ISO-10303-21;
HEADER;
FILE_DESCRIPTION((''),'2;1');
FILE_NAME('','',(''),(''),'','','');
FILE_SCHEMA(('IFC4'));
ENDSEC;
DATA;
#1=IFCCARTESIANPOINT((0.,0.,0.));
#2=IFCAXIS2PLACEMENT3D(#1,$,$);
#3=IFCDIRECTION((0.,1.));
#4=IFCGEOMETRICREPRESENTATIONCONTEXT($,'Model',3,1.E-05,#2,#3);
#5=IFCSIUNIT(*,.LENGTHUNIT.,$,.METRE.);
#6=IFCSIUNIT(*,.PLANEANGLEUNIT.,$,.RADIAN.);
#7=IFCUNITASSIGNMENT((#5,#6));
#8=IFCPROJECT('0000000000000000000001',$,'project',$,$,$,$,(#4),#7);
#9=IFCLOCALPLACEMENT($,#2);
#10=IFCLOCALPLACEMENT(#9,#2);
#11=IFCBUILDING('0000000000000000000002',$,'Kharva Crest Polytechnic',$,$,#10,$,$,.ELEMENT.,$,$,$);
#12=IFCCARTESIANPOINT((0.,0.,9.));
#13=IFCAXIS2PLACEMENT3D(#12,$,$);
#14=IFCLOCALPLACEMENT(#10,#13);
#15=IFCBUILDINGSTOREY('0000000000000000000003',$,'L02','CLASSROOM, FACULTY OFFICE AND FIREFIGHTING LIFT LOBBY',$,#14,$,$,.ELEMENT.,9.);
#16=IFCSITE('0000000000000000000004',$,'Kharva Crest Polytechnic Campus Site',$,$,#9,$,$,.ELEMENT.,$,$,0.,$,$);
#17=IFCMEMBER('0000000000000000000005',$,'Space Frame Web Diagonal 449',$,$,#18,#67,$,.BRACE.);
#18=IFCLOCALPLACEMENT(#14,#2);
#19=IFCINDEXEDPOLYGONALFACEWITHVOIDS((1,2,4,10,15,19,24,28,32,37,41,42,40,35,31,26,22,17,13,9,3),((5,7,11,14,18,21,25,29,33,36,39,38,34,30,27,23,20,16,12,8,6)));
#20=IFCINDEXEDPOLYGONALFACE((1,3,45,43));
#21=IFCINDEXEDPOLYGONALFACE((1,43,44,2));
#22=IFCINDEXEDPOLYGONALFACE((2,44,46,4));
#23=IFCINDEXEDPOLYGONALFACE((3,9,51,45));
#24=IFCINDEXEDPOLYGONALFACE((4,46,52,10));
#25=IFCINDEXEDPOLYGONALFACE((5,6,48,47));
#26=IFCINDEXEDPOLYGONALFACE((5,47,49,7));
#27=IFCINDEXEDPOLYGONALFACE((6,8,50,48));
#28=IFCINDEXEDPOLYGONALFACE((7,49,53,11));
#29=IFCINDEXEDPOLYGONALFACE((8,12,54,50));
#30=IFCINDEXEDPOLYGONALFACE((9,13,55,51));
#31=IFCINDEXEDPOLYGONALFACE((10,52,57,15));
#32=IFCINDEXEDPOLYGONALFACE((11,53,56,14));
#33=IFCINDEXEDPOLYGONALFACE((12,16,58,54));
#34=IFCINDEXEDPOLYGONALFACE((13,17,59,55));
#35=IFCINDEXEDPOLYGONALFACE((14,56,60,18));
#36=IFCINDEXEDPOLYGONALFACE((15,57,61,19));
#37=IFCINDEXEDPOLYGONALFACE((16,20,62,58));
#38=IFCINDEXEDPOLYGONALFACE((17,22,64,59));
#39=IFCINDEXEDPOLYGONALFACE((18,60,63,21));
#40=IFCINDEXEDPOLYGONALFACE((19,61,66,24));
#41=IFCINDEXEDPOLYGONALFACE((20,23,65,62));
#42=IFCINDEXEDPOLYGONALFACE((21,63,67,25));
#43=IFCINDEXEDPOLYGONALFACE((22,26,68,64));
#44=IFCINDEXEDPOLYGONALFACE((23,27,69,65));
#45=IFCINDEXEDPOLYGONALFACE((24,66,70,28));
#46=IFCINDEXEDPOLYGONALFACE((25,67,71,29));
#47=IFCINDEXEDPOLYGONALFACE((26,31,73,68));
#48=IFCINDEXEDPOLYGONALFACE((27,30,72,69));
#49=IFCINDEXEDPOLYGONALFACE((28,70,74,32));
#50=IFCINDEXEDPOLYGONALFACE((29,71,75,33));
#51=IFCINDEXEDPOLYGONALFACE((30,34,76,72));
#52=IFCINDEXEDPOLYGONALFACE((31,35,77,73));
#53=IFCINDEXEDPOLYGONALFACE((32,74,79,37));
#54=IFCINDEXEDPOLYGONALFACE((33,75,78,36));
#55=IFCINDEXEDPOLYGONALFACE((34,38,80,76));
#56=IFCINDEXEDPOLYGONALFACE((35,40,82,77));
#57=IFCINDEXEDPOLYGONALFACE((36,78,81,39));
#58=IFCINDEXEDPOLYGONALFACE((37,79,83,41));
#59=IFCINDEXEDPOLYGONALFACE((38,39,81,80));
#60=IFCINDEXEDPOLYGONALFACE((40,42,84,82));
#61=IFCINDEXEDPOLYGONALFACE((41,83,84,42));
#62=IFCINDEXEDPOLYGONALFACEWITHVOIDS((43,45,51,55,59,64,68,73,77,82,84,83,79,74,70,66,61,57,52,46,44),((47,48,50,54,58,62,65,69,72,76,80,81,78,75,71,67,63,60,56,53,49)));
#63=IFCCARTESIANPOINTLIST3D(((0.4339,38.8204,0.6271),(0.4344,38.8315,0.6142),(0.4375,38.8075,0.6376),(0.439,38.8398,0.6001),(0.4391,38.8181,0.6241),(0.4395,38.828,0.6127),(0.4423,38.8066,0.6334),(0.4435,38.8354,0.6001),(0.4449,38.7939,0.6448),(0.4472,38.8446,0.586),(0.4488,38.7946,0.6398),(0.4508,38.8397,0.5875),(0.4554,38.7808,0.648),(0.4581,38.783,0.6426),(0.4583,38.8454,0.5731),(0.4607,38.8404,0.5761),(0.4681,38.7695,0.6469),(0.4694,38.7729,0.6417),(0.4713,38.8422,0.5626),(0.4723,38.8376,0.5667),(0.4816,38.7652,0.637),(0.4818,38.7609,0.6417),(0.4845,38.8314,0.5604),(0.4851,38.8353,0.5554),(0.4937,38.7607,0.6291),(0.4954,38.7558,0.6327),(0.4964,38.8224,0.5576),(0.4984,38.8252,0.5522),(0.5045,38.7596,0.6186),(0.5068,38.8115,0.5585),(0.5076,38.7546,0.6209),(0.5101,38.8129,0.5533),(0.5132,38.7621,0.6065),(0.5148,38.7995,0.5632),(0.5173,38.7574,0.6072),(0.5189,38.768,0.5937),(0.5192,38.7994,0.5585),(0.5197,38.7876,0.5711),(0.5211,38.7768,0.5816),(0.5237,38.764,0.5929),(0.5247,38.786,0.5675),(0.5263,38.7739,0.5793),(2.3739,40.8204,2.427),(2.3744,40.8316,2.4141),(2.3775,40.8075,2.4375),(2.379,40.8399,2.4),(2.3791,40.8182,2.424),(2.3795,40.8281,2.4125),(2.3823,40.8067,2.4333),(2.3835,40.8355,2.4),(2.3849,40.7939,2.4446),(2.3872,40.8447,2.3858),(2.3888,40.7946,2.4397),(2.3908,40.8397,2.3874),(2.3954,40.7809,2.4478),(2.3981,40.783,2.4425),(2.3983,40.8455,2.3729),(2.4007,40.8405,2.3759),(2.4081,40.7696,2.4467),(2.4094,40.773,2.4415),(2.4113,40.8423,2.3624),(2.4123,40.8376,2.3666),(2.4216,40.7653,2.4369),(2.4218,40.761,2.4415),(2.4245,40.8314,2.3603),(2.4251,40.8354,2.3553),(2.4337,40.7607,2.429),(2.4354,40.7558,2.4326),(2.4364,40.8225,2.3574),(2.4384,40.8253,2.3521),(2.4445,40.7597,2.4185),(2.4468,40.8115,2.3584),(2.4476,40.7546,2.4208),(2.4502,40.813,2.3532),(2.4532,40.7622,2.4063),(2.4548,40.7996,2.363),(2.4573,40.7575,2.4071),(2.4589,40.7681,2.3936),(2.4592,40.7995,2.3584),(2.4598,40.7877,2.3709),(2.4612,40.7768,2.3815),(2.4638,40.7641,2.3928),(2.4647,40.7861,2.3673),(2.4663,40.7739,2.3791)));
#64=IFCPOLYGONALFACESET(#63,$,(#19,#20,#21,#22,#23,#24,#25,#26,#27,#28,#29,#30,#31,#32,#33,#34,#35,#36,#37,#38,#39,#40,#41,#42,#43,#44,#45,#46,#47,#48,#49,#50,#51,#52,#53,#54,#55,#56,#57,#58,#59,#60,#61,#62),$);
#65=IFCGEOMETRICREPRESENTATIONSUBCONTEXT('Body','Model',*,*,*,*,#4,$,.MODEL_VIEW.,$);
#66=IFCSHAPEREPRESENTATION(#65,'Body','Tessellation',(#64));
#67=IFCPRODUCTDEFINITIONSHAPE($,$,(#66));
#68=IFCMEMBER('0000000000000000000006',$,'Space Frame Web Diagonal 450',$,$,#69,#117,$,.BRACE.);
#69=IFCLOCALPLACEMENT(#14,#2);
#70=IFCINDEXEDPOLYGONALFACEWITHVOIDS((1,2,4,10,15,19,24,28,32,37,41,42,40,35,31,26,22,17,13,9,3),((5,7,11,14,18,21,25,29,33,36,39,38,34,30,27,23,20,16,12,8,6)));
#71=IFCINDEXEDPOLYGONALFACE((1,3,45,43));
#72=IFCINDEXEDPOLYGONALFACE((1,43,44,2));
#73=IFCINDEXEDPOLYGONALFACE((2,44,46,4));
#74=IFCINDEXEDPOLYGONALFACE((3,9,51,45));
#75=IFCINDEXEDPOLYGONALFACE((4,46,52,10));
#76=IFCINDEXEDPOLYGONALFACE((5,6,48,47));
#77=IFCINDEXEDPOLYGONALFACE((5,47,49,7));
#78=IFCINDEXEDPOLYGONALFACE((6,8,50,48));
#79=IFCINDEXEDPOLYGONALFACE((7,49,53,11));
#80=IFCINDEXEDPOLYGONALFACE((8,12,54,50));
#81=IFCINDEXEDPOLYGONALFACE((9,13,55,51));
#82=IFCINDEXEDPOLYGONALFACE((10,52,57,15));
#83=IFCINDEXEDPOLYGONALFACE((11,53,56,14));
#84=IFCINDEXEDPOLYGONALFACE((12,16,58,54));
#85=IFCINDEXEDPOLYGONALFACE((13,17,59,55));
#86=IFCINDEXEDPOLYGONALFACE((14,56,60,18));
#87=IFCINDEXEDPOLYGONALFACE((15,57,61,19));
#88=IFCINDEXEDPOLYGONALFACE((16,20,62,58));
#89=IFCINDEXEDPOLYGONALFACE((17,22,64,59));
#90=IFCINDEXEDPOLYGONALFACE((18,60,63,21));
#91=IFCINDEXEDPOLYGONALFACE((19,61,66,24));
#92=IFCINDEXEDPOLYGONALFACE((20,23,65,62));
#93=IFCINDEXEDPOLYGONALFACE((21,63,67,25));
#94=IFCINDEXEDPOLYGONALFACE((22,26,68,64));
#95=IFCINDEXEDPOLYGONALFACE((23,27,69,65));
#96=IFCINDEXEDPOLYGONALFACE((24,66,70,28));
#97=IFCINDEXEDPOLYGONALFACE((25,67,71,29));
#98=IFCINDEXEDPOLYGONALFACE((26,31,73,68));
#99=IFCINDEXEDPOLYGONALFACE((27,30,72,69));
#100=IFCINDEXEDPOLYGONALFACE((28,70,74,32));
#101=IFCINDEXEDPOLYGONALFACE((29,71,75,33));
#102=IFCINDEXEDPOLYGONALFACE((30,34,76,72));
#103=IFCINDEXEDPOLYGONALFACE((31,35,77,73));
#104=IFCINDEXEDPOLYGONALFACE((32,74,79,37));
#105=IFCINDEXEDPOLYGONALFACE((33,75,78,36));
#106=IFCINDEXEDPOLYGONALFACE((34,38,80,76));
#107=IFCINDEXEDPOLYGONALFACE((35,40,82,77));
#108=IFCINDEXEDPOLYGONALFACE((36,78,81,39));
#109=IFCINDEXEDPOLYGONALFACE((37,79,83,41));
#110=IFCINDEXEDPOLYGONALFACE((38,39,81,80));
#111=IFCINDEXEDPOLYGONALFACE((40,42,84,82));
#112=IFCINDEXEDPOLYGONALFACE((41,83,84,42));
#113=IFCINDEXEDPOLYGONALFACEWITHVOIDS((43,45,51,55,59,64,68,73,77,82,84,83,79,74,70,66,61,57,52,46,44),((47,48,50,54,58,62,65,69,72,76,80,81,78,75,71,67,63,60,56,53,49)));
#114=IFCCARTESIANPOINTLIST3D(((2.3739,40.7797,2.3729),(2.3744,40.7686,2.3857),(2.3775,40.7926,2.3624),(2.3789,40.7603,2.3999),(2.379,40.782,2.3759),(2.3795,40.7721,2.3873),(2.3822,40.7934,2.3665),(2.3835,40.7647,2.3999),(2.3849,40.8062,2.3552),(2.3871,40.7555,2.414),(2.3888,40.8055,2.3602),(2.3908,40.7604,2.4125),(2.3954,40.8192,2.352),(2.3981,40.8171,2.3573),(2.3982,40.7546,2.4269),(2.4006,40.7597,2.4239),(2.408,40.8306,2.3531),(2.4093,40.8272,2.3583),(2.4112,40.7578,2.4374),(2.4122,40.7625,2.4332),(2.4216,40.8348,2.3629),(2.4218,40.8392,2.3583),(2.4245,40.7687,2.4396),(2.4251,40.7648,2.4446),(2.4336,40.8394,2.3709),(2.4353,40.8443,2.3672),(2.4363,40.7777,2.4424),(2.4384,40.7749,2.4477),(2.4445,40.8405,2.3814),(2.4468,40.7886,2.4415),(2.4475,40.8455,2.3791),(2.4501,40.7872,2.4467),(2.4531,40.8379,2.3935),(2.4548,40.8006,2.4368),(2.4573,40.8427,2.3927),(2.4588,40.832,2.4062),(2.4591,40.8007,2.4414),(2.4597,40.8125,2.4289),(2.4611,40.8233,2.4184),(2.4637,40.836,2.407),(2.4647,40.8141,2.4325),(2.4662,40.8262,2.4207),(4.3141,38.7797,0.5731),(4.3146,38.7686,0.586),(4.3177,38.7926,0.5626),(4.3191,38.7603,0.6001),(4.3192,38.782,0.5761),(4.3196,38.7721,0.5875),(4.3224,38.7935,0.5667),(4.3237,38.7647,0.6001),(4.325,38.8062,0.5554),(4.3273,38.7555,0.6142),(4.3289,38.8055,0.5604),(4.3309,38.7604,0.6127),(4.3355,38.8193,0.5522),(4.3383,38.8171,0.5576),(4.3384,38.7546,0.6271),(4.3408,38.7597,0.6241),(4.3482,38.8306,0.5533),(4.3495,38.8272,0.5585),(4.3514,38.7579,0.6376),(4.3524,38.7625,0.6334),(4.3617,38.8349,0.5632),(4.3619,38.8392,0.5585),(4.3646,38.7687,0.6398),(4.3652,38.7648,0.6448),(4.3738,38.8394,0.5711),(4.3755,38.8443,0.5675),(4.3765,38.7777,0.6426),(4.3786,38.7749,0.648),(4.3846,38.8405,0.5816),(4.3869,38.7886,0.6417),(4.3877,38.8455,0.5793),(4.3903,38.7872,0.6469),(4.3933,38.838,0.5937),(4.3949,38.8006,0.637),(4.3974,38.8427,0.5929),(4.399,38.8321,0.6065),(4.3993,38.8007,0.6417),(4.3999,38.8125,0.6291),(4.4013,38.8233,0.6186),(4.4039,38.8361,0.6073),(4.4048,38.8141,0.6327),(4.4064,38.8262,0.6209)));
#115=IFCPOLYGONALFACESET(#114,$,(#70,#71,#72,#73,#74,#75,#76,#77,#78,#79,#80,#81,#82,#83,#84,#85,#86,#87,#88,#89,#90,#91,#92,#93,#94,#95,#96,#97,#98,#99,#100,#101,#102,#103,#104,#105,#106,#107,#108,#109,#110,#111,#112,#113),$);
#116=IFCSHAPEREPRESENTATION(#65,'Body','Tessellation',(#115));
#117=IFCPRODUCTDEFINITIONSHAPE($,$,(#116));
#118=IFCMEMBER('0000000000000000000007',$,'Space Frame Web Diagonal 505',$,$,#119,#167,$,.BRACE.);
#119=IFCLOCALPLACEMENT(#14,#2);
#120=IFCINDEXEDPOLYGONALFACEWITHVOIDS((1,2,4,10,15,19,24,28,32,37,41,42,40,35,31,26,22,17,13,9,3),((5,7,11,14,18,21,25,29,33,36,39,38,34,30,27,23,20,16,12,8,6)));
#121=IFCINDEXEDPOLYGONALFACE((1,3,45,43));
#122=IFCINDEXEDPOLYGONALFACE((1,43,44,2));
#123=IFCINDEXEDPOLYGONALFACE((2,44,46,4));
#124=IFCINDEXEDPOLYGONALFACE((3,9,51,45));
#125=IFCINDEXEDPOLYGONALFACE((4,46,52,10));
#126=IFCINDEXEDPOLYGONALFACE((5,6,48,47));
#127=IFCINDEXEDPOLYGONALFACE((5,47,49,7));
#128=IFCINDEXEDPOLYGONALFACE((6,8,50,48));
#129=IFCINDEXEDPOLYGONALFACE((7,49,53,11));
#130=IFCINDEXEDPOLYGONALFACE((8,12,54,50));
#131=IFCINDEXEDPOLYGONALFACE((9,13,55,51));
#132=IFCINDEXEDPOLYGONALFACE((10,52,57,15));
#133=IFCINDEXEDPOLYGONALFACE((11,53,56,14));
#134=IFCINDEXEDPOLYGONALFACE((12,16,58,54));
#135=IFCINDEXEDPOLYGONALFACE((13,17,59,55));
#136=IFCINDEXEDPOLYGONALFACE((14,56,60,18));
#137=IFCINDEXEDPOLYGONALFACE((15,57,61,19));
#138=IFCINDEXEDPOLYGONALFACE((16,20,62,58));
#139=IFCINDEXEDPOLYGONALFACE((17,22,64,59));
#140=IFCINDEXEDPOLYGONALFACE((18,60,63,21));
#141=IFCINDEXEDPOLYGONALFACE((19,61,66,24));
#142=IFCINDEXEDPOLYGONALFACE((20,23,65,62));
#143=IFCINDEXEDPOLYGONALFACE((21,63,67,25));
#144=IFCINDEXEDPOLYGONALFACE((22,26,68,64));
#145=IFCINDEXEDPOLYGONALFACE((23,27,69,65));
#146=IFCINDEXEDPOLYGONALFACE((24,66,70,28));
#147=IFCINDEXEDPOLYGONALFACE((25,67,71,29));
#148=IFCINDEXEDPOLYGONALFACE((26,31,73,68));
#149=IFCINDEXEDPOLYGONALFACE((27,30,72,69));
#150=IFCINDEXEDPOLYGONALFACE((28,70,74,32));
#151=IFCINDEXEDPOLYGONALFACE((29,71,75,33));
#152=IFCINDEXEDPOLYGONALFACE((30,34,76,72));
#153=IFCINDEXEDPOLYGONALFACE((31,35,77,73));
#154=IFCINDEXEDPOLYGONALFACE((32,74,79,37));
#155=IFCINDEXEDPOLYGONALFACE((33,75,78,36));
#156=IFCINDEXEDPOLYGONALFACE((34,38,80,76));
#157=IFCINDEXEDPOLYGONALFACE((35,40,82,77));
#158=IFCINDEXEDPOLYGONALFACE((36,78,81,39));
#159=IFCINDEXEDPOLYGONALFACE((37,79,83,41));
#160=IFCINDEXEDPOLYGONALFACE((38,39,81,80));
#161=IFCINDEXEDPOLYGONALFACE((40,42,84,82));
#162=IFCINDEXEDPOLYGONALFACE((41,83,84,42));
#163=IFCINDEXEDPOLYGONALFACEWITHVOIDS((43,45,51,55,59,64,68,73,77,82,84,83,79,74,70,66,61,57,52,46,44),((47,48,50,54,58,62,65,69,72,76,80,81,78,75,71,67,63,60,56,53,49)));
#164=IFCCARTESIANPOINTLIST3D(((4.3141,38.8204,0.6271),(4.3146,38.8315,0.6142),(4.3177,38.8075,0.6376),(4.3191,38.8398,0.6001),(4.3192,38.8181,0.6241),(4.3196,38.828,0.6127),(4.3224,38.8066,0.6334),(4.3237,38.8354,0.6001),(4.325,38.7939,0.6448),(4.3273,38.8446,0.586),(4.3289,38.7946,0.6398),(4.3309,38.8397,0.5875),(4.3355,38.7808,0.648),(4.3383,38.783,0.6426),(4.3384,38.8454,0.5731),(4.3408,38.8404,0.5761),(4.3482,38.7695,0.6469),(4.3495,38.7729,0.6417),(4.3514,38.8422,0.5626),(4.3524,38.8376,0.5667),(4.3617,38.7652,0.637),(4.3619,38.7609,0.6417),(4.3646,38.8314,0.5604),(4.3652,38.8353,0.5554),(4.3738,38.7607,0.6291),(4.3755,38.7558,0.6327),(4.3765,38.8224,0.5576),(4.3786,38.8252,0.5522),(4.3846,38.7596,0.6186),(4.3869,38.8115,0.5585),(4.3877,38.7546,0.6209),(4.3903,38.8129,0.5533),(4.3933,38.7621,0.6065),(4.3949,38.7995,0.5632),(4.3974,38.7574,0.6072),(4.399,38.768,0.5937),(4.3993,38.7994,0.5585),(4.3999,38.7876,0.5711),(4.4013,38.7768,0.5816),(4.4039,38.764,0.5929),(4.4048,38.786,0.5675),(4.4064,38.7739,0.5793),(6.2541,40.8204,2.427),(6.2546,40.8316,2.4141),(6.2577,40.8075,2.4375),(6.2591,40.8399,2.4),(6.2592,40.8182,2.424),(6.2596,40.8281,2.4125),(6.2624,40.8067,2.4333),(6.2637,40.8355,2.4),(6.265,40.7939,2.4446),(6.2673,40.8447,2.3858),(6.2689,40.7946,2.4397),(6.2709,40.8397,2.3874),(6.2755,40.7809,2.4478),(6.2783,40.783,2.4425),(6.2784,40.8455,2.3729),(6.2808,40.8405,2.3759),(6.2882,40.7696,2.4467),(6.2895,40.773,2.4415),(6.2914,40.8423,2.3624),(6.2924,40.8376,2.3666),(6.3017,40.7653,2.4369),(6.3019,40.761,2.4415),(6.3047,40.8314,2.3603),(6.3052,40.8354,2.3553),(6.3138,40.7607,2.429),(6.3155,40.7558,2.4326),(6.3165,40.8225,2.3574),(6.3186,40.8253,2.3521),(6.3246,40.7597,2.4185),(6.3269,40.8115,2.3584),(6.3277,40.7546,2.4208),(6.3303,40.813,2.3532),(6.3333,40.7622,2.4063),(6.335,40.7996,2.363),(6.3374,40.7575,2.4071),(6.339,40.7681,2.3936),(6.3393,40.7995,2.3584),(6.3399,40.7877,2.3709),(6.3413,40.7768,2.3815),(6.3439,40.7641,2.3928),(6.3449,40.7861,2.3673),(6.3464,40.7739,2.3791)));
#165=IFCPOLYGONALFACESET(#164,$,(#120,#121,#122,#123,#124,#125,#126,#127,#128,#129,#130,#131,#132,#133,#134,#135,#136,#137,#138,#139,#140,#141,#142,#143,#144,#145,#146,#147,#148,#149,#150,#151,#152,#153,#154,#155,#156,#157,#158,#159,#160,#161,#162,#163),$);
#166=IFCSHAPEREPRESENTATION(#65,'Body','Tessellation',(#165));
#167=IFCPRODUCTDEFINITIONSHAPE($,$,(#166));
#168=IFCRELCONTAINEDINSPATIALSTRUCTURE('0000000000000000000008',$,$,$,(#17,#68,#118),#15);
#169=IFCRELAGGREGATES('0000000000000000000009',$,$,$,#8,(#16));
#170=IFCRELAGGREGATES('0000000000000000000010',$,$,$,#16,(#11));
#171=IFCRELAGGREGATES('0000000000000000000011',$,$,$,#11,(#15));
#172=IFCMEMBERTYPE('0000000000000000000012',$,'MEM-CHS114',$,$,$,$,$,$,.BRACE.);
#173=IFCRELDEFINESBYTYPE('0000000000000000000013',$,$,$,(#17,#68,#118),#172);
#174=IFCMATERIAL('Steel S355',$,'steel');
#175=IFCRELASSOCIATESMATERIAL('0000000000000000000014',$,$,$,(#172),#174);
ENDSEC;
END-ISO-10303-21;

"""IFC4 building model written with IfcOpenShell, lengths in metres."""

from ifc_helpers import new_model, si_unit, direction, frame, origin, origin_2d, place, context, subcontext, project, spatial, hollow_circle, extrude, material, material_profile, profile_set, type_object, element, save


model = new_model("IFC4")

# Units and contexts
model_context = context("Model", 3, precision=1e-05, world=origin(), true_north=direction((0.0, 1.0)))
body_context = subcontext(model_context, "Body", "Model", "MODEL_VIEW")
ifc_project = project(units=[si_unit("LENGTHUNIT", "METRE"), si_unit("PLANEANGLEUNIT", "RADIAN")], contexts=[model_context])

# Site, building, storey
site_placement = place(None, origin())
site = spatial("IfcSite", under=ifc_project, at=site_placement, Name="Kharva Crest Polytechnic Campus Site", CompositionType="ELEMENT", RefElevation=0.0)
building_placement = place(site_placement, origin())
building = spatial("IfcBuilding", under=site, at=building_placement, Name="Kharva Crest Polytechnic", CompositionType="ELEMENT")
storey_placement = place(building_placement, frame((0.0, 0.0, 9.0)))
storey = spatial("IfcBuildingStorey", under=building, at=storey_placement, Name="L02", Description="CLASSROOM, FACULTY OFFICE AND FIREFIGHTING LIFT LOBBY", CompositionType="ELEMENT", Elevation=9.0)

# Shared definitions
ifc_material_1 = material(Name="Steel S355", Category="steel")

# Members
ifc_material_profile_1 = material_profile(ifc_material_1, hollow_circle(Radius=0.0571, WallThickness=0.0063, at=origin_2d()), Name="CHS 114.3X6.3")
ifc_profile_set_1 = profile_set([ifc_material_profile_1], Name="Steel S355")
member_type_1 = type_object("IfcMemberType", Name="MEM-CHS114", PredefinedType="BRACE", material=ifc_profile_set_1)
for number, where, z_axis, x_axis, name in (
    (1, (0.48, 38.8, 0.6001), (0.584843, 0.60295, 0.542596), (-0.717802, 0.696247, 0.0), "Space Frame Web Diagonal 449"),
    (2, (4.3601, 38.8, 0.6001), (-0.584892, 0.602924, 0.542572), (-0.717758, -0.696292, 0.0), "Space Frame Web Diagonal 450"),
    (3, (4.3601, 38.8, 0.6001), (0.584843, 0.60295, 0.542596), (-0.717802, 0.696247, 0.0), "Space Frame Web Diagonal 505"),
):
    element("IfcMember", number, at=place(storey_placement, frame(where, z_axis=z_axis, x_axis=x_axis)), inside=storey, type_object=member_type_1, Name=name, PredefinedType="BRACE", context=body_context, shape_type="SweptSolid", body=[
        extrude(hollow_circle(Radius=0.0571, WallThickness=0.0063, at=origin_2d()), origin(), (0.0, 0.0, 1.0), 3.3171),
    ])

save(model, "model.ifc")
